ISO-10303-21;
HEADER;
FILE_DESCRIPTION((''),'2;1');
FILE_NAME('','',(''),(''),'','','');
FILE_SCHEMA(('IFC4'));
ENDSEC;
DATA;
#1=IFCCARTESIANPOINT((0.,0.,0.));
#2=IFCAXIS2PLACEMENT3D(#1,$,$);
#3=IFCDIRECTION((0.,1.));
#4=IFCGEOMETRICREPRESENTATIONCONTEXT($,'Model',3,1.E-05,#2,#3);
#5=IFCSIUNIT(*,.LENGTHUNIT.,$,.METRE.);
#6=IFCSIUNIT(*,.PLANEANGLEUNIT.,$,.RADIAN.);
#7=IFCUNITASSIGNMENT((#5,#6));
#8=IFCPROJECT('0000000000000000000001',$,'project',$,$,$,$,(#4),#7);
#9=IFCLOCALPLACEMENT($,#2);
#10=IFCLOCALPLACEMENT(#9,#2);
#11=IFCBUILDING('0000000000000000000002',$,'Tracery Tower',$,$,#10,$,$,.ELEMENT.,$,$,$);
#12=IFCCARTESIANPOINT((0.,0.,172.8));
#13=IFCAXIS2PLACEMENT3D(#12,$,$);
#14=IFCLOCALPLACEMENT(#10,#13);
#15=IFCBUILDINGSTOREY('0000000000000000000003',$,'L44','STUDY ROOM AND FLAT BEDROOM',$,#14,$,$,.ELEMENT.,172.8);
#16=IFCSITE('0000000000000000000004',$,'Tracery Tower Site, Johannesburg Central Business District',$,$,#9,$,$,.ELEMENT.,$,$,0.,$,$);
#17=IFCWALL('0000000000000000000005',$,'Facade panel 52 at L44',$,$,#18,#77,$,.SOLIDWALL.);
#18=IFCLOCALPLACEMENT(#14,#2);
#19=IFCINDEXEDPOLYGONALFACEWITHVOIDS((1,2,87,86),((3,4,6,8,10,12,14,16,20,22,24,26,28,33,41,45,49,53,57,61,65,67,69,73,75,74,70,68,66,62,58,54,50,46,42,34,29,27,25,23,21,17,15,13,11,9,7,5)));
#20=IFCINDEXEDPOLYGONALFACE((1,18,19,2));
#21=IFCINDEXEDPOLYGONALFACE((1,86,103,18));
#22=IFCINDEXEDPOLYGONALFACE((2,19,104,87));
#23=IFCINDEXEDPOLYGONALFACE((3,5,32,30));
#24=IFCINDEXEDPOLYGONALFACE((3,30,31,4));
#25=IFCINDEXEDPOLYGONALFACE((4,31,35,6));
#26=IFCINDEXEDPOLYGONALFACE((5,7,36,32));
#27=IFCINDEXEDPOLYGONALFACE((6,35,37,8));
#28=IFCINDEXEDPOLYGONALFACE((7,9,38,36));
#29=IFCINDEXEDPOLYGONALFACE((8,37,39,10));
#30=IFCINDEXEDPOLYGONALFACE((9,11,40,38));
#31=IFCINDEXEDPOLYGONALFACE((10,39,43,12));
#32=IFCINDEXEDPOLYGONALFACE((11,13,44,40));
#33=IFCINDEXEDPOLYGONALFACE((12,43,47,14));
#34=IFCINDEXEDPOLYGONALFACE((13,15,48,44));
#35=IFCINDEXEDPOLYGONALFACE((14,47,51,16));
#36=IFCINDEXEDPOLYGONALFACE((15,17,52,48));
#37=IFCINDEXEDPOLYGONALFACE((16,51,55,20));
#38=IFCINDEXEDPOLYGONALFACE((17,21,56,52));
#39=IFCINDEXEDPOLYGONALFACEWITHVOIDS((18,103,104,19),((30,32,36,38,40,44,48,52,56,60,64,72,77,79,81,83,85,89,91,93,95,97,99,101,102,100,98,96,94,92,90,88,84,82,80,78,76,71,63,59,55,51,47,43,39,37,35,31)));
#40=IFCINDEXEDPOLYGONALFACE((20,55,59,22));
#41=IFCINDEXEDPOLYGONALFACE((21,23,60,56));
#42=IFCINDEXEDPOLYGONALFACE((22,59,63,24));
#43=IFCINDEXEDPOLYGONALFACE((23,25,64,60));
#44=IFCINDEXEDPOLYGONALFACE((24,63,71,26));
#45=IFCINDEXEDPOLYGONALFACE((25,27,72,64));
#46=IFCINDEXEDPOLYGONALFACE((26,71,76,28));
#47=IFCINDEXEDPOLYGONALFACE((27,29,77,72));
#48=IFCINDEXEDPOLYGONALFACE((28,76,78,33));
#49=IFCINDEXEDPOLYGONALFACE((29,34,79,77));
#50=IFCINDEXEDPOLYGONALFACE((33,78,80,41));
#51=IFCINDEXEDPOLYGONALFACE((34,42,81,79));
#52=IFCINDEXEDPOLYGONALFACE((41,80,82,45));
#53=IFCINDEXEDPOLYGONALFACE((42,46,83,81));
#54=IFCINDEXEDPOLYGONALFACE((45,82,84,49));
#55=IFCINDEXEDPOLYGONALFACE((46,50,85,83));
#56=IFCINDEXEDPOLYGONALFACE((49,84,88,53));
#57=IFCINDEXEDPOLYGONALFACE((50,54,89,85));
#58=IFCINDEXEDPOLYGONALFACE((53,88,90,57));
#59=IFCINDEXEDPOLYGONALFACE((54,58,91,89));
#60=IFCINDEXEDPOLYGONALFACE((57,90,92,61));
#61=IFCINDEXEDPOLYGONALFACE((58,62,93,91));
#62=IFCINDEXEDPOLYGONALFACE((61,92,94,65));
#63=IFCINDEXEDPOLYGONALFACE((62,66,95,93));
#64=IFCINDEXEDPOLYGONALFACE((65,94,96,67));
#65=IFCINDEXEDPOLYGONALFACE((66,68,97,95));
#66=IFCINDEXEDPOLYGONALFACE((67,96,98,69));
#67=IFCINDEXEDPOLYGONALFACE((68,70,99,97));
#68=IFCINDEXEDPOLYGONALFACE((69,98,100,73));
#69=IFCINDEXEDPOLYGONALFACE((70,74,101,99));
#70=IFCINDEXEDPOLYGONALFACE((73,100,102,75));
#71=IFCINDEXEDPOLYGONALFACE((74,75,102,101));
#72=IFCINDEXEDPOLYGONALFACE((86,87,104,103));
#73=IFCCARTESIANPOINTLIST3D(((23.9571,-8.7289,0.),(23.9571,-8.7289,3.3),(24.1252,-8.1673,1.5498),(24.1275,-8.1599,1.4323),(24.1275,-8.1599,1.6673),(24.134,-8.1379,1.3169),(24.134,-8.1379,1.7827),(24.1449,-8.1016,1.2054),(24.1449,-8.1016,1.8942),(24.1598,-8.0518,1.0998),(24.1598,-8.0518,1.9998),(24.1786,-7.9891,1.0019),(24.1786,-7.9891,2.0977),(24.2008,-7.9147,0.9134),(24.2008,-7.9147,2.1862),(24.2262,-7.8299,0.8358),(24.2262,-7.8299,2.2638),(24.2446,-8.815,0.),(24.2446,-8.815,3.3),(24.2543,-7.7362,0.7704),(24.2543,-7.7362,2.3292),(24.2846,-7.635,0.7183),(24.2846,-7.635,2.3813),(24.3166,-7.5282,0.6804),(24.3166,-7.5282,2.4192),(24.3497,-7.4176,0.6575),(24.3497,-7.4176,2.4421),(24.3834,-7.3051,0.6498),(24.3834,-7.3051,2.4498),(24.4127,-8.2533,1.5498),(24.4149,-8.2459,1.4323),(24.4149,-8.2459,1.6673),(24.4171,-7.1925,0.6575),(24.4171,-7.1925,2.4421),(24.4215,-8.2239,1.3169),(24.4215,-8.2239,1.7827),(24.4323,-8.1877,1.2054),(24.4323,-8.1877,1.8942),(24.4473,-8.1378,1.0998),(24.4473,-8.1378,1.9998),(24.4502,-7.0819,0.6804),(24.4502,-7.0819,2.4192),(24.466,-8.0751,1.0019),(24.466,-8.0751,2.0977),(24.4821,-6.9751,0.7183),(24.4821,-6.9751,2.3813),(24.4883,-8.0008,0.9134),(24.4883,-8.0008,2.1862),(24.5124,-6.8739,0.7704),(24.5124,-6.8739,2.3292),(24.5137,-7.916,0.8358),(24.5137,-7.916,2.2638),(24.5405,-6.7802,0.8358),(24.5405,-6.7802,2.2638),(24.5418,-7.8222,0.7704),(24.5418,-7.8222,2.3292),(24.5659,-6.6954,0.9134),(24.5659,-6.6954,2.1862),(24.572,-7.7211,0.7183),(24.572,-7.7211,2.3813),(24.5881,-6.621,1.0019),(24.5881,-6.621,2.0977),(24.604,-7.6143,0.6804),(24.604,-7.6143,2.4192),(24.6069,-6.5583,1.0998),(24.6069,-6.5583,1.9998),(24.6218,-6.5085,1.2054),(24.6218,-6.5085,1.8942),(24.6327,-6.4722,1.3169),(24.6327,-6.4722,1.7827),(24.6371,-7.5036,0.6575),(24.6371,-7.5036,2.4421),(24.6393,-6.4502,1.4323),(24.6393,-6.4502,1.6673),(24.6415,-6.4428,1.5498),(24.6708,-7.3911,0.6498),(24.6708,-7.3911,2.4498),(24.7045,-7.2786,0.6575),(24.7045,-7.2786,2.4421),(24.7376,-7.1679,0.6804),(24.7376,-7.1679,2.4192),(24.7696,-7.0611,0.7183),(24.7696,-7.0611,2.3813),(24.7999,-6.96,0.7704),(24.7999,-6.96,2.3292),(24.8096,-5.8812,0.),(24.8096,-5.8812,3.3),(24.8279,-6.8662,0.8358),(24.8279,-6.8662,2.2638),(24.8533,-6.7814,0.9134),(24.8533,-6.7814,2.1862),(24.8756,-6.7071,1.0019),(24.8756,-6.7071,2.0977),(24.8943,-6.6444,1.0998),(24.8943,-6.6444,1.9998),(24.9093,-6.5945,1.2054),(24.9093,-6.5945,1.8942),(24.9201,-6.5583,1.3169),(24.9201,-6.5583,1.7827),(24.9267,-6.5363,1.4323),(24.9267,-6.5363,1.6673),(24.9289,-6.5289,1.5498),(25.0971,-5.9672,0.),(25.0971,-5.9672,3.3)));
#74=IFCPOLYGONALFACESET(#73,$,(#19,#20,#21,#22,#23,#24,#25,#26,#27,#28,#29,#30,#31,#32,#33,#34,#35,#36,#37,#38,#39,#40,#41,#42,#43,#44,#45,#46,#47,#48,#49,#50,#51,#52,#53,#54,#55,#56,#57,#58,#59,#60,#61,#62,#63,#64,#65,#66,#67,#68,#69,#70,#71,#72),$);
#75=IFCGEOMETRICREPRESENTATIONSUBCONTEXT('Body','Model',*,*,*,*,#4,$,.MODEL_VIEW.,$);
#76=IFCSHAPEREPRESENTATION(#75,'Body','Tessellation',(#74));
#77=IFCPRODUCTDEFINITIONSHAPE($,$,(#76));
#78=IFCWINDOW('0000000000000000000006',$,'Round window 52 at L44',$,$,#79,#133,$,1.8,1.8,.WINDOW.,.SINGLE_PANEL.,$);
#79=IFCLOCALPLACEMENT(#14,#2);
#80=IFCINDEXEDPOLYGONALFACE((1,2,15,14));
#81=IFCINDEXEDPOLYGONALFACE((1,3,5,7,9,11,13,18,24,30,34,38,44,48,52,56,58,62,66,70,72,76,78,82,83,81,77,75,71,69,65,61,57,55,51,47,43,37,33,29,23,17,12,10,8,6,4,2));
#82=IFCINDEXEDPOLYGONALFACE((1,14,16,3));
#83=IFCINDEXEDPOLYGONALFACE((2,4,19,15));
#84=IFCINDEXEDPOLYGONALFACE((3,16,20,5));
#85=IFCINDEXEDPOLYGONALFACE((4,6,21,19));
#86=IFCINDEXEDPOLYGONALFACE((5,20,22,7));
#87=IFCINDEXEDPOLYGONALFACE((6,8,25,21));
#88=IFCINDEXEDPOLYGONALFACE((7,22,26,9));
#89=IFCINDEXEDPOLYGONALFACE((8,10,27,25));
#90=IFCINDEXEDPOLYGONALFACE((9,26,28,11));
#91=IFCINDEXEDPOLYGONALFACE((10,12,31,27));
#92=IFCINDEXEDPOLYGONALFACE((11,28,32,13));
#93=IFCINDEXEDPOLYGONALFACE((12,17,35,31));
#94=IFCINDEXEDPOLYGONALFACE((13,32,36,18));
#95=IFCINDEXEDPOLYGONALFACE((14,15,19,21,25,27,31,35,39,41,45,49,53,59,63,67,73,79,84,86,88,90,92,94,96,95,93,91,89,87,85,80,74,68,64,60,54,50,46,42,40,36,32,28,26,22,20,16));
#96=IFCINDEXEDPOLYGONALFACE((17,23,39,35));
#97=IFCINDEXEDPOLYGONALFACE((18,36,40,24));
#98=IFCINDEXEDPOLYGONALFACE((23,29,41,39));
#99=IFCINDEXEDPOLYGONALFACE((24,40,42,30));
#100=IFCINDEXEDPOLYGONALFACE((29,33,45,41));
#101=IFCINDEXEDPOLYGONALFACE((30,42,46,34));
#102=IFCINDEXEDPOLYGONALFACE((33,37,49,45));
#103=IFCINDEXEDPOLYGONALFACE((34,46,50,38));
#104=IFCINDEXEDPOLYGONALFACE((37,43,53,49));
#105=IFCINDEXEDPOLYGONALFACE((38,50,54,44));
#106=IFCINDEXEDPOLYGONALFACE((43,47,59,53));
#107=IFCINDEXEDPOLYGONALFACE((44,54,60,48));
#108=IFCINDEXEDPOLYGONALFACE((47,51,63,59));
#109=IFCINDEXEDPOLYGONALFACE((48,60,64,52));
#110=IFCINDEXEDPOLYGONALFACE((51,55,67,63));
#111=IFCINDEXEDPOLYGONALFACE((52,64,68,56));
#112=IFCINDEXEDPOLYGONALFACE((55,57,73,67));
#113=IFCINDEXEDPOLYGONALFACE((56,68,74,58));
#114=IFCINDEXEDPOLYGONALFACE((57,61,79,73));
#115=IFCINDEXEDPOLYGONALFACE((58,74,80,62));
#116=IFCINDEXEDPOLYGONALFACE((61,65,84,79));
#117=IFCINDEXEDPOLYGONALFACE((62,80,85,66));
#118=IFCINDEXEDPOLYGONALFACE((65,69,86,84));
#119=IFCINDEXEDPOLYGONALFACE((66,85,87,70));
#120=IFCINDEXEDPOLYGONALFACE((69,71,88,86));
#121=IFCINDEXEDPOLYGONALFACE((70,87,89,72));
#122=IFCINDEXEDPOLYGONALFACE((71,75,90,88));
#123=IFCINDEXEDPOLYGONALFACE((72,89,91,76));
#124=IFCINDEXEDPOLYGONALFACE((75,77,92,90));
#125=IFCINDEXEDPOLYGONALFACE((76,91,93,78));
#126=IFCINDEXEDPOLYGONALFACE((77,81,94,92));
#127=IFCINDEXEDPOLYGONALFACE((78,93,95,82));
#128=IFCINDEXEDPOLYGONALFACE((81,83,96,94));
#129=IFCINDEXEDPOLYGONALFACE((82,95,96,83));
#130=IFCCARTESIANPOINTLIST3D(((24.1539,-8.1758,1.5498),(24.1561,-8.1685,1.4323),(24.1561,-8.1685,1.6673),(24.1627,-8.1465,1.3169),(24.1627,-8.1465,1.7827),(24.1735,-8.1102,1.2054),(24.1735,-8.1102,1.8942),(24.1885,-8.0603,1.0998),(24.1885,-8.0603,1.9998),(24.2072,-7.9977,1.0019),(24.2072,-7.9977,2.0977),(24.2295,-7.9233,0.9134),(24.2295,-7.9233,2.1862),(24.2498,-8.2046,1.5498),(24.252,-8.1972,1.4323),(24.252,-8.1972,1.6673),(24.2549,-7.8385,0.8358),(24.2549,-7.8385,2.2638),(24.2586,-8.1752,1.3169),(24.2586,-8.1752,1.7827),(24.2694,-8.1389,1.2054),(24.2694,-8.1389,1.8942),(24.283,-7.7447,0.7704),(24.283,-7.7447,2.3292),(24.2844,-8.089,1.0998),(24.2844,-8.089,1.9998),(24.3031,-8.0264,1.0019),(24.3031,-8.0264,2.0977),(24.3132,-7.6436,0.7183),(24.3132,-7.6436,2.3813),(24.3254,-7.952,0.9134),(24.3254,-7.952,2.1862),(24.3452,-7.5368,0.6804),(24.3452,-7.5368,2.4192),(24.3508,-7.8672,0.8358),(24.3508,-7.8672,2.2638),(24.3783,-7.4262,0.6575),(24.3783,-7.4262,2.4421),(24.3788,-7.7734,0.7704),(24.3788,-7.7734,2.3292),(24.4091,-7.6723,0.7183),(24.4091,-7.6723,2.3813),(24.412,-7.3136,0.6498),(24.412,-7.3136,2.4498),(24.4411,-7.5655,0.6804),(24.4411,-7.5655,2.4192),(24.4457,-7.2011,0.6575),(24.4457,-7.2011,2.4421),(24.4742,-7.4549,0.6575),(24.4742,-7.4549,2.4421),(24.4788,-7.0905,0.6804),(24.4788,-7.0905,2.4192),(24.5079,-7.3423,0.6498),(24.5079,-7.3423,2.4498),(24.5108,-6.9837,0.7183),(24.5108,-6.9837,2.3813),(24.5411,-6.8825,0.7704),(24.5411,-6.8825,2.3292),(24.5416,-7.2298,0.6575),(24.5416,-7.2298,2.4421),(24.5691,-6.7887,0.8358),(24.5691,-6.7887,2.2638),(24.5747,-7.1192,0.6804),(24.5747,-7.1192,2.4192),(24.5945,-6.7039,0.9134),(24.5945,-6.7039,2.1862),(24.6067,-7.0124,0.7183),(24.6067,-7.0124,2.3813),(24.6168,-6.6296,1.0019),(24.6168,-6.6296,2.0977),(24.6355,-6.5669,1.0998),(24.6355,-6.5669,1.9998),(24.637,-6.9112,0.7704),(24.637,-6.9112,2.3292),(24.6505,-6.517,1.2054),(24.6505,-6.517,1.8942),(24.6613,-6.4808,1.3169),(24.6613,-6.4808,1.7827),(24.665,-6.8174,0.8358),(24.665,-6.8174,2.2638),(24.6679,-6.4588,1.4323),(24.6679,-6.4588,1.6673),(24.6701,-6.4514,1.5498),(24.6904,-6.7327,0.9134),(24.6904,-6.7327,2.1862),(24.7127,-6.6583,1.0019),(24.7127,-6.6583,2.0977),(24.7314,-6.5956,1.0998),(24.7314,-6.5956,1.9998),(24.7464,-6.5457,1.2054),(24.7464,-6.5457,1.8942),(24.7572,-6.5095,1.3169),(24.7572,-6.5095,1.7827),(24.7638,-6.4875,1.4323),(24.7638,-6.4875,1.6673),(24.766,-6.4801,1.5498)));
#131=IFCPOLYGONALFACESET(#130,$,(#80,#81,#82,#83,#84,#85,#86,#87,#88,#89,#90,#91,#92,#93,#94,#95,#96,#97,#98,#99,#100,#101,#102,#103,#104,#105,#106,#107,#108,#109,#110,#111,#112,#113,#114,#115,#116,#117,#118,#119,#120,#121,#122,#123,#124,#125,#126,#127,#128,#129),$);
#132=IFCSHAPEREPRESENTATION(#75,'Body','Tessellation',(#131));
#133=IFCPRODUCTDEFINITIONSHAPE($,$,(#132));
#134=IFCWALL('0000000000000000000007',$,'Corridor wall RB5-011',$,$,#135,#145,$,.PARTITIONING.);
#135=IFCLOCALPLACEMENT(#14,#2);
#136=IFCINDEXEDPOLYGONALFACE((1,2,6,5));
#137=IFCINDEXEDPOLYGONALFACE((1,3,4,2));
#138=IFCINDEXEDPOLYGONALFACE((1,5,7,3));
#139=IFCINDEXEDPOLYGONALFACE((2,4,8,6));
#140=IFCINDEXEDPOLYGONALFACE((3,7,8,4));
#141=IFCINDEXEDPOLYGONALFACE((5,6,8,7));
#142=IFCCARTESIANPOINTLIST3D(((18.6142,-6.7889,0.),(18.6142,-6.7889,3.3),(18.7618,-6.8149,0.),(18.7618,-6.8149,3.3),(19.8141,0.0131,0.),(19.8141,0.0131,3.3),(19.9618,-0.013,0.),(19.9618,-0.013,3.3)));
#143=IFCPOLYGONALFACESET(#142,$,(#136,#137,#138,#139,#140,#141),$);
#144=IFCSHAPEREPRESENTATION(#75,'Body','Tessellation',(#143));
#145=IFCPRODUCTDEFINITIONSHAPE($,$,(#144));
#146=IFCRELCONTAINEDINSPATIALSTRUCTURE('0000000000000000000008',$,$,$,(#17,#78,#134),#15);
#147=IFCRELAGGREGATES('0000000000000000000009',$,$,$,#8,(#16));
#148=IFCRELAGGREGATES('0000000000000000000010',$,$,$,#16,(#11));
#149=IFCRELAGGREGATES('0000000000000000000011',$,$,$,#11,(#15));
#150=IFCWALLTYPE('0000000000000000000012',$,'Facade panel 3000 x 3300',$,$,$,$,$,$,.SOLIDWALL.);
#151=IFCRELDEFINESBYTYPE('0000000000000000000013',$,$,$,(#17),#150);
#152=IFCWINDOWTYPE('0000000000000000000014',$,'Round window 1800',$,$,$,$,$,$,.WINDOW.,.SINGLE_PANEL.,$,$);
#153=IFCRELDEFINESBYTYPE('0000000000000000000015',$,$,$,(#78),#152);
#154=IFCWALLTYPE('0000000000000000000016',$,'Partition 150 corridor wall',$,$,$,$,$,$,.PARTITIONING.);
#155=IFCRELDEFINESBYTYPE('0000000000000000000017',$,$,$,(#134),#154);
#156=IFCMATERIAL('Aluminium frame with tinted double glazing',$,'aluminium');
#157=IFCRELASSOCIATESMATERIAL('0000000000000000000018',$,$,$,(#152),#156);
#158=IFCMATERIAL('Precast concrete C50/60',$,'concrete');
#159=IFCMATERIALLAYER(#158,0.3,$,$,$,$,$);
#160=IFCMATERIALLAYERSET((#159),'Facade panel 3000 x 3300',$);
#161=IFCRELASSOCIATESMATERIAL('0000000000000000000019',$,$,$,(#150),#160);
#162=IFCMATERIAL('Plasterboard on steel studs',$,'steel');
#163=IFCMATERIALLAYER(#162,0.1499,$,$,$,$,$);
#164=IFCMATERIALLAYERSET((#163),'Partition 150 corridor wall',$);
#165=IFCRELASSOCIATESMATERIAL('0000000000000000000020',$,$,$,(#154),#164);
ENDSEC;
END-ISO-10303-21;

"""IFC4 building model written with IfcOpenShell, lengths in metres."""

from ifc_helpers import new_model, si_unit, direction, frame, frame_2d, origin, origin_2d, place, context, subcontext, project, spatial, rectangle, circle, extrude, material, layer, layer_set, type_object, element, fill, save


model = new_model("IFC4")

# Units and contexts
model_context = context("Model", 3, precision=1e-05, world=origin(), true_north=direction((0.0, 1.0)))
body_context = subcontext(model_context, "Body", "Model", "MODEL_VIEW")
ifc_project = project(units=[si_unit("LENGTHUNIT", "METRE"), si_unit("PLANEANGLEUNIT", "RADIAN")], contexts=[model_context])

# Site, building, storey
site_placement = place(None, origin())
site = spatial("IfcSite", under=ifc_project, at=site_placement, Name="Tracery Tower Site, Johannesburg Central Business District", CompositionType="ELEMENT", RefElevation=0.0)
building_placement = place(site_placement, origin())
building = spatial("IfcBuilding", under=site, at=building_placement, Name="Tracery Tower", CompositionType="ELEMENT")
storey_placement = place(building_placement, frame((0.0, 0.0, 172.8)))
storey = spatial("IfcBuildingStorey", under=building, at=storey_placement, Name="L44", Description="STUDY ROOM AND FLAT BEDROOM", CompositionType="ELEMENT", Elevation=172.8)

# Wall, opening, window
ifc_material_1 = material(Name="Aluminium frame with tinted double glazing", Category="aluminium")
window_type = type_object("IfcWindowType", Name="Round window 1800", PartitioningType="SINGLE_PANEL", PredefinedType="WINDOW", material=ifc_material_1)
ifc_material_2 = material(Name="Precast concrete C50/60", Category="concrete")
ifc_layer_1 = layer(ifc_material_2, 0.3)
ifc_layer_set_1 = layer_set([ifc_layer_1], Name="Facade panel 3000 x 3300")
wall_type_1 = type_object("IfcWallType", Name="Facade panel 3000 x 3300", PredefinedType="SOLIDWALL", material=ifc_layer_set_1)
wall_1_placement = place(storey_placement, frame((24.1008, -8.772, 0.0), z_axis=(0.0, 0.0, 1.0), x_axis=(0.286783, 0.957996, 0.0)))
wall_1 = element("IfcWall", 1, at=wall_1_placement, inside=storey, type_object=wall_type_1, Name="Facade panel 52 at L44", PredefinedType="SOLIDWALL", context=body_context, shape_type="SweptSolid", body=[
    extrude(rectangle(XDim=2.9727, YDim=0.3, at=frame_2d((1.4863, 0.0))), origin(), (0.0, 0.0, 1.0), 3.3),
])
opening_1_placement = place(wall_1_placement, frame((1.4863, 0.0, 1.5498)))
opening_1 = element("IfcOpeningElement", 2, at=opening_1_placement, cuts=wall_1, PredefinedType="OPENING", context=body_context, shape_type="SweptSolid", body=[
    extrude(circle(Radius=0.9, at=origin_2d()), frame((0.0, 0.1599, 0.0), z_axis=(0.0, -1.0, 0.0), x_axis=(1.0, 0.0, 0.0)), (0.0, 0.0, 1.0), 0.3201),
])
window_1_placement = place(opening_1_placement, origin())
window_1 = element("IfcWindow", 3, at=window_1_placement, inside=storey, type_object=window_type, Name="Round window 52 at L44", OverallHeight=1.8, OverallWidth=1.8, PartitioningType="SINGLE_PANEL", PredefinedType="WINDOW", context=body_context, shape_type="SweptSolid", body=[
    extrude(circle(Radius=0.9, at=origin_2d()), frame((0.0, 0.1201, 0.0), z_axis=(0.0, -1.0, 0.0), x_axis=(1.0, 0.0, 0.0)), (0.0, 0.0, 1.0), 0.1001),
])
fill(opening_1, window_1)

# Wall
ifc_material_3 = material(Name="Plasterboard on steel studs", Category="steel")
ifc_layer_2 = layer(ifc_material_3, 0.1499)
ifc_layer_set_2 = layer_set([ifc_layer_2], Name="Partition 150 corridor wall")
wall_type_2 = type_object("IfcWallType", Name="Partition 150 corridor wall", PredefinedType="PARTITIONING", material=ifc_layer_set_2)
wall_2_placement = place(storey_placement, frame((18.688, -6.802, 0.0), z_axis=(0.0, 0.0, 1.0), x_axis=(0.173729, 0.984794, 0.0)))
element("IfcWall", 4, at=wall_2_placement, inside=storey, type_object=wall_type_2, Name="Corridor wall RB5-011", PredefinedType="PARTITIONING", context=body_context, shape_type="SweptSolid", body=[
    extrude(rectangle(XDim=6.907, YDim=0.1499, at=frame_2d((3.4536, 0.0))), origin(), (0.0, 0.0, 1.0), 3.3),
])

save(model, "model.ifc")
